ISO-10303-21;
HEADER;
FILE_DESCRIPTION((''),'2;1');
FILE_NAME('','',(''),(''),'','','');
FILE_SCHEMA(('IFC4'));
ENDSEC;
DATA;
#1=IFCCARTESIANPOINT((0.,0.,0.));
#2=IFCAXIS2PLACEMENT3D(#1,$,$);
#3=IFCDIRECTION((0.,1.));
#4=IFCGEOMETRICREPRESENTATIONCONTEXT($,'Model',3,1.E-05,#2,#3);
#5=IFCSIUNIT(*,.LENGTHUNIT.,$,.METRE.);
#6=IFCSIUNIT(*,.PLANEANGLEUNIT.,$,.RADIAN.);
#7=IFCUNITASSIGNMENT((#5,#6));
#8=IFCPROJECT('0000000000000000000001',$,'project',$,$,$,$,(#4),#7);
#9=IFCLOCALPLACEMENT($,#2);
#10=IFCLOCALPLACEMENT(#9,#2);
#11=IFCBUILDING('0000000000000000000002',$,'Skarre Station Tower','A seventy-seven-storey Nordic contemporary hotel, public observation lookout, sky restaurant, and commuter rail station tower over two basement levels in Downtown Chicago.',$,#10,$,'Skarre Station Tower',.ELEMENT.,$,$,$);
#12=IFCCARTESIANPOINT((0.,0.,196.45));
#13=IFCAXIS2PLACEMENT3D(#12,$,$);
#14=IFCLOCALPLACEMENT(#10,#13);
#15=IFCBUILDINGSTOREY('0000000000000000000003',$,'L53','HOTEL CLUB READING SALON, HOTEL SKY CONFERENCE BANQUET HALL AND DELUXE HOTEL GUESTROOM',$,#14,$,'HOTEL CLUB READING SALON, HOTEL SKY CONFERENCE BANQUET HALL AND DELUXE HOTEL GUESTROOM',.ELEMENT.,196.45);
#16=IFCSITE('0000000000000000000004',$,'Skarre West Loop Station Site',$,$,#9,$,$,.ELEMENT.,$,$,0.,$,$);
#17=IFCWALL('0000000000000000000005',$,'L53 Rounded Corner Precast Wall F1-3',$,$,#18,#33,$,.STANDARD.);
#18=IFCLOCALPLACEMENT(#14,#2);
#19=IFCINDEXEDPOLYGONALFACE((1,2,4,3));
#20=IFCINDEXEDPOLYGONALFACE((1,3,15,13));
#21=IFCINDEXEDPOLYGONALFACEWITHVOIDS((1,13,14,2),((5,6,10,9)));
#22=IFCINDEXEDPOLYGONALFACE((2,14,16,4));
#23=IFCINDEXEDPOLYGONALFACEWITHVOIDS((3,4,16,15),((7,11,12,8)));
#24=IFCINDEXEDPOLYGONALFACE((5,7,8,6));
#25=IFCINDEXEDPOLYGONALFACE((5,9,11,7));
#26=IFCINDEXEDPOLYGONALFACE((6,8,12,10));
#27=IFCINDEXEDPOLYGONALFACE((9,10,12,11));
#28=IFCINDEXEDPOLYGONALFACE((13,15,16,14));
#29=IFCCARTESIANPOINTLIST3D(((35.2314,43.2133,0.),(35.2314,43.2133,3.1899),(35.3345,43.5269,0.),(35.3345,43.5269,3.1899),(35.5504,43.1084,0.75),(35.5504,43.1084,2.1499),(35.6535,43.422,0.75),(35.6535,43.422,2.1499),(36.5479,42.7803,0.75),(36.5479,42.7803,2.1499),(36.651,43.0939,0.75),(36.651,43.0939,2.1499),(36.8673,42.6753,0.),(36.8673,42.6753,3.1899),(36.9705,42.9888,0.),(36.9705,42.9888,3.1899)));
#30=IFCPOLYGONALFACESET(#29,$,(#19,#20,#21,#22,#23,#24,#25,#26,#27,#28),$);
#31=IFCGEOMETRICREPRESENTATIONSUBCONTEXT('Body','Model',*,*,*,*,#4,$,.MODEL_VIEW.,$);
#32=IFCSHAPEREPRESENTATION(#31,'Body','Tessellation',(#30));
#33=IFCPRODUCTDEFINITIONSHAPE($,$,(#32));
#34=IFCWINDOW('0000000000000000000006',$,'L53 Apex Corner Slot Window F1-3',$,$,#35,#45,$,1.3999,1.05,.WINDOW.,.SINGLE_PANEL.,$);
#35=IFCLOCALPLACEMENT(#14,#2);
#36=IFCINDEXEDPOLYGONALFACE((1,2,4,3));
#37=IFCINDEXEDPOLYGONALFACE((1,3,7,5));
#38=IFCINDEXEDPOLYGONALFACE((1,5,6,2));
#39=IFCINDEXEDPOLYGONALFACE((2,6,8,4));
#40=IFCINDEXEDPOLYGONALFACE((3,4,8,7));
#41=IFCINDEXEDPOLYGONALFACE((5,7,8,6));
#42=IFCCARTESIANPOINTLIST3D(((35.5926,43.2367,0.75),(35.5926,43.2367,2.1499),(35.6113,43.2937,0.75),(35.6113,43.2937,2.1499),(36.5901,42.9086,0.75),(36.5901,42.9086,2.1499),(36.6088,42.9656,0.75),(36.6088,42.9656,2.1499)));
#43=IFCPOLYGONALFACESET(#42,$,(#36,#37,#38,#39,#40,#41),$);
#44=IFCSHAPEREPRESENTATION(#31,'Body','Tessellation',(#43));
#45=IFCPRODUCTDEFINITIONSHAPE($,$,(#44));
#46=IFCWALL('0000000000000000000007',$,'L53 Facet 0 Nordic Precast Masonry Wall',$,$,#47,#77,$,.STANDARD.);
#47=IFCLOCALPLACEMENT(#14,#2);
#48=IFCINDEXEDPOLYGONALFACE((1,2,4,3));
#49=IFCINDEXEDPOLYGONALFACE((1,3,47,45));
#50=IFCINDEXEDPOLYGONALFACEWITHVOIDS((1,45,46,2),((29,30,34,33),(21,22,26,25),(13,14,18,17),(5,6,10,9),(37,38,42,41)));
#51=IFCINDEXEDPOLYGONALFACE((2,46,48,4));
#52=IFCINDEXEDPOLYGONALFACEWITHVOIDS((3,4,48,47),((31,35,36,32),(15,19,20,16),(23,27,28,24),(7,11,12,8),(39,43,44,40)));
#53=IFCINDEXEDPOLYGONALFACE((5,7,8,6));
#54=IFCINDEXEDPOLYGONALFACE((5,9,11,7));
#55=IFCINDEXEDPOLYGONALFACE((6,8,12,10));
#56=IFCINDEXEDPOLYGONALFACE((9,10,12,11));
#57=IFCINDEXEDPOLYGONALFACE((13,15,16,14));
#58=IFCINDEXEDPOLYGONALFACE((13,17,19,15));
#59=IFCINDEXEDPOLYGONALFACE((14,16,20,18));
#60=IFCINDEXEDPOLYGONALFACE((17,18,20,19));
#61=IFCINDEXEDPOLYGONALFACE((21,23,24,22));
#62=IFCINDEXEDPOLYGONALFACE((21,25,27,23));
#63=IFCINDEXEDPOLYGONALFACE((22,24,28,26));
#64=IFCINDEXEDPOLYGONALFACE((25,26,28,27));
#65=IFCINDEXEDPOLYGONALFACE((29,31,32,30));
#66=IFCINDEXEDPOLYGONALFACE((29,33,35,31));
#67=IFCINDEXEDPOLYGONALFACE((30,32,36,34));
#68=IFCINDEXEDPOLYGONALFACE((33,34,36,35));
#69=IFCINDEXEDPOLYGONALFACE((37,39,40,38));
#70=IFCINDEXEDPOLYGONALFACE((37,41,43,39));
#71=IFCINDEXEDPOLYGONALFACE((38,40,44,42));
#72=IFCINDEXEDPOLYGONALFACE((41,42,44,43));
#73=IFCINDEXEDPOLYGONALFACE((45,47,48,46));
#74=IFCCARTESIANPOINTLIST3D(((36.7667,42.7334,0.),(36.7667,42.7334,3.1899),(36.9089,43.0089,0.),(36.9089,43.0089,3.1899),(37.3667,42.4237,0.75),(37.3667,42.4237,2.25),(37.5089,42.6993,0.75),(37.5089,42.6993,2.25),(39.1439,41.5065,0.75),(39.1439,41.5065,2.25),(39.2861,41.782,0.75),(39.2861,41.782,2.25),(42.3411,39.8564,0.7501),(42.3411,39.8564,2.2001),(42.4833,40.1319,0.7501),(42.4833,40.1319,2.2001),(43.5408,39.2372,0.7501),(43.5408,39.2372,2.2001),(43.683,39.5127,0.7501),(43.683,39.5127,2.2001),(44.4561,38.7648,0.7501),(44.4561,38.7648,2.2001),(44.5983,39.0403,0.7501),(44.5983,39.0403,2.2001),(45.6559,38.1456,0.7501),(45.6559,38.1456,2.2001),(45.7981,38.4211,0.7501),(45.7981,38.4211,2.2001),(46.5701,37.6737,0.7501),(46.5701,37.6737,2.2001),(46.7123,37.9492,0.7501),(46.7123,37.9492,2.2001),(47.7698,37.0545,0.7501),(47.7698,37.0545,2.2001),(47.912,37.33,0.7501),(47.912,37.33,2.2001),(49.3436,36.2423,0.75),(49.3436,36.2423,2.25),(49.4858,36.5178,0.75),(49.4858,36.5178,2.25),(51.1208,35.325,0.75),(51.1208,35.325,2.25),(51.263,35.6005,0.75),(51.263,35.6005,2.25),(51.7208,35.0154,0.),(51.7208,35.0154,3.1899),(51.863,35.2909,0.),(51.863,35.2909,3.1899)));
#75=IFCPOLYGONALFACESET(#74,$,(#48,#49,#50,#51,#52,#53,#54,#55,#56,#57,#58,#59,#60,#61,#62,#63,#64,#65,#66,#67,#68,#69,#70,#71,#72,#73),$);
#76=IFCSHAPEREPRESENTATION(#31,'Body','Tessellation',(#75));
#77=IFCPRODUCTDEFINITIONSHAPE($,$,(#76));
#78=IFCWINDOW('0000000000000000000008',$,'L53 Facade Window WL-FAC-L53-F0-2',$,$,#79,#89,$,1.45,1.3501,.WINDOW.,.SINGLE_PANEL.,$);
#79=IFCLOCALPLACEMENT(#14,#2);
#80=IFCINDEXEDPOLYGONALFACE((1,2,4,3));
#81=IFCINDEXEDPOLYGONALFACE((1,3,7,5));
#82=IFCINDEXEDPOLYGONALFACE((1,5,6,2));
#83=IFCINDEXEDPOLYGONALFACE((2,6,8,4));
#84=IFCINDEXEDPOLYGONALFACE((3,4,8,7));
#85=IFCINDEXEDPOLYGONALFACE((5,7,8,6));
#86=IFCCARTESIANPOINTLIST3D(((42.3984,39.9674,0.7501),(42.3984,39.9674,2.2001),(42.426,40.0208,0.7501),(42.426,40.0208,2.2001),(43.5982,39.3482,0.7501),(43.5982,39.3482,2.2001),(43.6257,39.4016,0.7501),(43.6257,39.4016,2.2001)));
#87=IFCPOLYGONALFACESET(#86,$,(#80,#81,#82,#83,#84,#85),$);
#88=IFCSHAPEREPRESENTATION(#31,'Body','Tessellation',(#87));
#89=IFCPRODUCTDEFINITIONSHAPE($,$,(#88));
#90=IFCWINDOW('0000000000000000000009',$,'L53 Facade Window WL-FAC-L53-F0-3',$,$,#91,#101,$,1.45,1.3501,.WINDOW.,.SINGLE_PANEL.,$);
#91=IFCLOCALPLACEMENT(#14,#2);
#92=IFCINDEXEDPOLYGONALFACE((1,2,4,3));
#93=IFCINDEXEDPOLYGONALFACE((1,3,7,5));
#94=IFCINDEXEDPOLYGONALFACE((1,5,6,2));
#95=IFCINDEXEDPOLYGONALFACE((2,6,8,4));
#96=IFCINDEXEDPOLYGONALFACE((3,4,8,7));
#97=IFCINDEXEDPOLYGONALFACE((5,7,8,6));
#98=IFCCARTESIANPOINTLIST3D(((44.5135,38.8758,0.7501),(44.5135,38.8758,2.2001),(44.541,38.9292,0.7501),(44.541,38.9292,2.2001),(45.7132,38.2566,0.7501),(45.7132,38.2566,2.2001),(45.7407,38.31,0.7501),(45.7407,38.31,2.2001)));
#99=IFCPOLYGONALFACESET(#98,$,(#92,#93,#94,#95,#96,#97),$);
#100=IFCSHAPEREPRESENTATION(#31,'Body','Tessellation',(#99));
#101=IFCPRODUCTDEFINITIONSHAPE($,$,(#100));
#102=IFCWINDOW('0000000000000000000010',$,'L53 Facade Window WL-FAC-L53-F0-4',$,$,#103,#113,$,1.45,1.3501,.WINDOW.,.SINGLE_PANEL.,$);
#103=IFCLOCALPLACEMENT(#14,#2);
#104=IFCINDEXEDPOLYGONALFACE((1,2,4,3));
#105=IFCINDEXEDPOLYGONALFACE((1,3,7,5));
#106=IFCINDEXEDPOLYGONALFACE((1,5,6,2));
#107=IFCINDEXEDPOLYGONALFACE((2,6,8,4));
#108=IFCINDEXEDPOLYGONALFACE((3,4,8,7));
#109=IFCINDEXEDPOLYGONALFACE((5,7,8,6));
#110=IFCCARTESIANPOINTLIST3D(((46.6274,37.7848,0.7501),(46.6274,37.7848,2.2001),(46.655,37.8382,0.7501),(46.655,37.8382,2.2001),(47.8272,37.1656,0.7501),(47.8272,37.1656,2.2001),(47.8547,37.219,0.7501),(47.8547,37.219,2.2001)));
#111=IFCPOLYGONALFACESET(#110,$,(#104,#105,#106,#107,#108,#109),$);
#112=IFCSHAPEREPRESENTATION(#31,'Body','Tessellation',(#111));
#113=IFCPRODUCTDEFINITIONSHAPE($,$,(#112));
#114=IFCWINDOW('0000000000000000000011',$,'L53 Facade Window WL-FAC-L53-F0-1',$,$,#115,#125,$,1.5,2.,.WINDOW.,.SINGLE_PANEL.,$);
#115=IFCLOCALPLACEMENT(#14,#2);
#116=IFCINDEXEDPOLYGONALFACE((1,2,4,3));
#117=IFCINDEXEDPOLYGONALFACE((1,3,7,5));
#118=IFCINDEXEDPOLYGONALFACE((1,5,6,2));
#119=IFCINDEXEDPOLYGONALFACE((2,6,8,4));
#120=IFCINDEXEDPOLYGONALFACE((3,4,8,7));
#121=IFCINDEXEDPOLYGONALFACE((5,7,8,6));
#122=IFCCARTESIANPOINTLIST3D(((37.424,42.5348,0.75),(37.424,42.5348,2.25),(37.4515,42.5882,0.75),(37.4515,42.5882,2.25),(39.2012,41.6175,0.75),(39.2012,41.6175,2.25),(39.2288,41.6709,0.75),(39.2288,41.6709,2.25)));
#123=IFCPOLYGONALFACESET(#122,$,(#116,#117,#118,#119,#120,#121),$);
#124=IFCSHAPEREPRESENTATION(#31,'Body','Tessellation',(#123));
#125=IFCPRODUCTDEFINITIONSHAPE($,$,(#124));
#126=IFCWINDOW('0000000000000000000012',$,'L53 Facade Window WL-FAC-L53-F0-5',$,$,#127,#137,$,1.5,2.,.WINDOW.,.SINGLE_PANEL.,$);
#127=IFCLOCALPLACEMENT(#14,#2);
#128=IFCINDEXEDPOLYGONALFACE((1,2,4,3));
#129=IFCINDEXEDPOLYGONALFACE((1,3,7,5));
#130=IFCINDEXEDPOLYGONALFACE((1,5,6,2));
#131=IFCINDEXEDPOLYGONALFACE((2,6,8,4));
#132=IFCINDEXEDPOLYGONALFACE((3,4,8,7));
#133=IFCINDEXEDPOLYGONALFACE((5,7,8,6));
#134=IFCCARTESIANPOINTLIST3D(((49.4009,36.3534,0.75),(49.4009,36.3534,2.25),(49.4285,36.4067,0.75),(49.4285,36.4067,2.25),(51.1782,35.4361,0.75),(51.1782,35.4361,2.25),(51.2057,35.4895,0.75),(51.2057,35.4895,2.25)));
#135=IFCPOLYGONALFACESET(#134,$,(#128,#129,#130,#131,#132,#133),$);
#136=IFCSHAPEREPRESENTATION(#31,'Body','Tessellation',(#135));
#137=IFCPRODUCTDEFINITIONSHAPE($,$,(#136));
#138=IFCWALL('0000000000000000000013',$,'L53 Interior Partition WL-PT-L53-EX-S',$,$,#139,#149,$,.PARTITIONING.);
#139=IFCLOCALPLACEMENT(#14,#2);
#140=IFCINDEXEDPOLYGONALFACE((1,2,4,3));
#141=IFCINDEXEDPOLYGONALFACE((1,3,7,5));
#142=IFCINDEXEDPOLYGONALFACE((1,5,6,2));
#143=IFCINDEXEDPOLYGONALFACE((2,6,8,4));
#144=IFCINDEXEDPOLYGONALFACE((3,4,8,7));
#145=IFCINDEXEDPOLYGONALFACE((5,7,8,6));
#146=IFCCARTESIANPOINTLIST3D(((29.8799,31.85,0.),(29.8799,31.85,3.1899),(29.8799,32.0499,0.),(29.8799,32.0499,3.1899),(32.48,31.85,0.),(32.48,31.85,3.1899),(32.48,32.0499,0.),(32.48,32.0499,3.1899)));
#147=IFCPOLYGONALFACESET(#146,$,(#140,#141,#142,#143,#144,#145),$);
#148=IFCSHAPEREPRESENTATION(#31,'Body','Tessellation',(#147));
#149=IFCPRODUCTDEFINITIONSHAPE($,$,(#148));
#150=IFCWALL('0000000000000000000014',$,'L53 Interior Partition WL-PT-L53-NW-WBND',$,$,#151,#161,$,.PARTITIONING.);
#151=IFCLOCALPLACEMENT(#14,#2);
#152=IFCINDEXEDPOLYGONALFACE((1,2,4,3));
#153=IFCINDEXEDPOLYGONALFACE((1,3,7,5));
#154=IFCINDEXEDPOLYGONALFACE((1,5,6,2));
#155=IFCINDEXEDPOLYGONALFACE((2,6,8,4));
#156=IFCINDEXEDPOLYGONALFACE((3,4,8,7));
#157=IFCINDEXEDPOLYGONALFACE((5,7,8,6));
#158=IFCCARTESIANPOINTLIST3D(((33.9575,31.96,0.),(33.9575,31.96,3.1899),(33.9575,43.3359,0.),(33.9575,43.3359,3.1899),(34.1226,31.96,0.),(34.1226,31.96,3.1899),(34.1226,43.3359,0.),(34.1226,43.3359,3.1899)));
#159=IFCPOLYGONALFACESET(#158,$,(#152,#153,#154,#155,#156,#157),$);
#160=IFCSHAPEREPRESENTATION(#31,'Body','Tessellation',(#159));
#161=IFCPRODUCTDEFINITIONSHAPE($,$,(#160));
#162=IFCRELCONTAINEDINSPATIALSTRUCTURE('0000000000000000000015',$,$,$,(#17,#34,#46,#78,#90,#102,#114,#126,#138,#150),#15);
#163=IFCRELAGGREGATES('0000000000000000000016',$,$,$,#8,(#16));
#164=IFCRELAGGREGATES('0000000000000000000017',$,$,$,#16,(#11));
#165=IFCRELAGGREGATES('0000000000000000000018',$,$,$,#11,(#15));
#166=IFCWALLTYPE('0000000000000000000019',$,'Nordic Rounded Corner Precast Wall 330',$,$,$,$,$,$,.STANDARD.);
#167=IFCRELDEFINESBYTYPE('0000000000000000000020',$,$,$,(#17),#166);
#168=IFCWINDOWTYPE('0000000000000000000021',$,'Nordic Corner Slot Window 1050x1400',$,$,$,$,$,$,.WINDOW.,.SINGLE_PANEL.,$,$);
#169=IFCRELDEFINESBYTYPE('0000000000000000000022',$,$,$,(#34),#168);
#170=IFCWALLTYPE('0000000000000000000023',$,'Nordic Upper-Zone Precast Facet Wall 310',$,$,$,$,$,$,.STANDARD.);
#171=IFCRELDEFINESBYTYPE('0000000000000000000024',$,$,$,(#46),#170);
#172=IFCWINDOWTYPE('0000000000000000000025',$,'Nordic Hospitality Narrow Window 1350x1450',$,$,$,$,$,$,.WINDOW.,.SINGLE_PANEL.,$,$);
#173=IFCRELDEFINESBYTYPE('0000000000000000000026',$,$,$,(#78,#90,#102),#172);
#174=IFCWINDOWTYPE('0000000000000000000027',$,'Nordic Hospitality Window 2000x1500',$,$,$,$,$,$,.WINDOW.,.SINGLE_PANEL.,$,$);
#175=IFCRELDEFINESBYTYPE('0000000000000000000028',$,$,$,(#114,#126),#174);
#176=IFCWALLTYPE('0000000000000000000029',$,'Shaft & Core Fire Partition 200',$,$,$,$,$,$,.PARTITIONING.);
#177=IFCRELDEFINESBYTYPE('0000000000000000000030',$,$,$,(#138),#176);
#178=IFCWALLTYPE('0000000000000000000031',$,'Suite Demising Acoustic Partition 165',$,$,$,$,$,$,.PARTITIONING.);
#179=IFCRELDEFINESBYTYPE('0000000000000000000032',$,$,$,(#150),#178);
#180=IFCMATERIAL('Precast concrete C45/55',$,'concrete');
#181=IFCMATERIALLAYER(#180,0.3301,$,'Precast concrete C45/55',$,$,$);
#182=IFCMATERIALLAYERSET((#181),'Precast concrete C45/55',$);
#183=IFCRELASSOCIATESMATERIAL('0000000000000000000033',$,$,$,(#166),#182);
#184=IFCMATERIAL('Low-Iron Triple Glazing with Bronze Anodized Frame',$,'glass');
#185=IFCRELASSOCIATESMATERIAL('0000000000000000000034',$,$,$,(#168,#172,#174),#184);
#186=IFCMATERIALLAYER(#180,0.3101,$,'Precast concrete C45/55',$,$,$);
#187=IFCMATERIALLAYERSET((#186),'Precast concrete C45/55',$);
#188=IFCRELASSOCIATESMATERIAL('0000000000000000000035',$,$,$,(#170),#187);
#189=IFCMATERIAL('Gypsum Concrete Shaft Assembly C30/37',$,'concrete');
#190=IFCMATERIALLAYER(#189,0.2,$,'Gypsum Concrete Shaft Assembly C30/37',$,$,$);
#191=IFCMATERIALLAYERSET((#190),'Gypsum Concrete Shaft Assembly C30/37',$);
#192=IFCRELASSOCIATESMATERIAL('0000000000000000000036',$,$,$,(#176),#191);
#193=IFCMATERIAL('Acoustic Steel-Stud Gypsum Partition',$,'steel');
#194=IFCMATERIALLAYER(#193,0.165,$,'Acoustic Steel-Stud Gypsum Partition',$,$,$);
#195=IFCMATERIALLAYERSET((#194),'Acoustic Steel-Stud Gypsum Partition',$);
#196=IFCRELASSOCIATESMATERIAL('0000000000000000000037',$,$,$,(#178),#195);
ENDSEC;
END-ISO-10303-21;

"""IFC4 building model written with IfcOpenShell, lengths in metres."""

from ifc_helpers import new_model, si_unit, direction, frame, frame_2d, origin, place, context, subcontext, project, spatial, rectangle, extrude, material, layer, layer_set, type_object, element, fill, save


model = new_model("IFC4")

# Units and contexts
model_context = context("Model", 3, precision=1e-05, world=origin(), true_north=direction((0.0, 1.0)))
body_context = subcontext(model_context, "Body", "Model", "MODEL_VIEW")
ifc_project = project(units=[si_unit("LENGTHUNIT", "METRE"), si_unit("PLANEANGLEUNIT", "RADIAN")], contexts=[model_context])

# Site, building, storey
site_placement = place(None, origin())
site = spatial("IfcSite", under=ifc_project, at=site_placement, Name="Skarre West Loop Station Site", CompositionType="ELEMENT", RefElevation=0.0)
building_placement = place(site_placement, origin())
building = spatial("IfcBuilding", under=site, at=building_placement, Name="Skarre Station Tower", Description="A seventy-seven-storey Nordic contemporary hotel, public observation lookout, sky restaurant, and commuter rail station tower over two basement levels in Downtown Chicago.", LongName="Skarre Station Tower", CompositionType="ELEMENT")
storey_placement = place(building_placement, frame((0.0, 0.0, 196.45)))
storey = spatial("IfcBuildingStorey", under=building, at=storey_placement, Name="L53", Description="HOTEL CLUB READING SALON, HOTEL SKY CONFERENCE BANQUET HALL AND DELUXE HOTEL GUESTROOM", LongName="HOTEL CLUB READING SALON, HOTEL SKY CONFERENCE BANQUET HALL AND DELUXE HOTEL GUESTROOM", CompositionType="ELEMENT", Elevation=196.45)

# Shared definitions
ifc_material_1 = material(Name="Acoustic Steel-Stud Gypsum Partition", Category="steel")

# Shared definitions
ifc_material_2 = material(Name="Precast concrete C45/55", Category="concrete")
ifc_layer_1 = layer(ifc_material_2, 0.3301, Name="Precast concrete C45/55")
ifc_layer_set_1 = layer_set([ifc_layer_1], Name="Precast concrete C45/55")
wall_type_1 = type_object("IfcWallType", Name="Nordic Rounded Corner Precast Wall 330", PredefinedType="STANDARD", material=ifc_layer_set_1)

# Wall, opening, window
wall_1_placement = place(storey_placement, frame((35.283, 43.3701, 0.0), z_axis=(0.0, 0.0, 1.0), x_axis=(0.949937, -0.31244, 0.0)))
wall_1 = element("IfcWall", 1, at=wall_1_placement, inside=storey, type_object=wall_type_1, Name="L53 Rounded Corner Precast Wall F1-3", PredefinedType="STANDARD", context=body_context, shape_type="SweptSolid", body=[
    extrude(rectangle(XDim=1.7222, YDim=0.3301, at=frame_2d((0.8611, 0.0))), origin(), (0.0, 0.0, 1.0), 3.1899),
])
opening_1_placement = place(wall_1_placement, frame((0.3359, 0.0, 0.75)))
opening_1 = element("IfcOpeningElement", 2, at=opening_1_placement, cuts=wall_1, PredefinedType="OPENING", context=body_context, shape_type="SweptSolid", body=[
    extrude(rectangle(XDim=1.05, YDim=1.3999, at=frame_2d((0.5249, 0.7))), frame((0.0, 0.175, 0.0), z_axis=(0.0, -1.0, 0.0), x_axis=(1.0, 0.0, 0.0)), (0.0, 0.0, 1.0), 0.3501),
])
ifc_material_3 = material(Name="Low-Iron Triple Glazing with Bronze Anodized Frame", Category="glass")
window_type_1 = type_object("IfcWindowType", Name="Nordic Corner Slot Window 1050x1400", PartitioningType="SINGLE_PANEL", PredefinedType="WINDOW", material=ifc_material_3)
window_1_placement = place(opening_1_placement, origin())
window_1 = element("IfcWindow", 3, at=window_1_placement, inside=storey, type_object=window_type_1, Name="L53 Apex Corner Slot Window F1-3", OverallHeight=1.3999, OverallWidth=1.05, PartitioningType="SINGLE_PANEL", PredefinedType="WINDOW", context=body_context, shape_type="SweptSolid", body=[
    extrude(rectangle(XDim=1.05, YDim=1.3999, at=frame_2d((0.5249, 0.7))), frame((0.0, 0.03, 0.0), z_axis=(0.0, -1.0, 0.0), x_axis=(1.0, 0.0, 0.0)), (0.0, 0.0, 1.0), 0.0601),
])
fill(opening_1, window_1)

# Wall, openings, windows
ifc_layer_2 = layer(ifc_material_2, 0.3101, Name="Precast concrete C45/55")
ifc_layer_set_2 = layer_set([ifc_layer_2], Name="Precast concrete C45/55")
wall_type_2 = type_object("IfcWallType", Name="Nordic Upper-Zone Precast Facet Wall 310", PredefinedType="STANDARD", material=ifc_layer_set_2)
wall_2_placement = place(storey_placement, frame((36.8379, 42.8711, 0.0), z_axis=(0.0, 0.0, 1.0), x_axis=(0.888626, -0.458632, 0.0)))
wall_2 = element("IfcWall", 4, at=wall_2_placement, inside=storey, type_object=wall_type_2, Name="L53 Facet 0 Nordic Precast Masonry Wall", PredefinedType="STANDARD", context=body_context, shape_type="SweptSolid", body=[
    extrude(rectangle(XDim=16.8284, YDim=0.3101, at=frame_2d((8.4141, 0.0))), origin(), (0.0, 0.0, 1.0), 3.1899),
])
opening_2_placement = place(wall_2_placement, frame((0.675, 0.0, 0.75)))
opening_2 = element("IfcOpeningElement", 5, at=opening_2_placement, cuts=wall_2, PredefinedType="OPENING", context=body_context, shape_type="SweptSolid", body=[
    extrude(rectangle(XDim=2.0, YDim=1.5, at=frame_2d((1.0, 0.75))), frame((0.0, 0.165, 0.0), z_axis=(0.0, -1.0, 0.0), x_axis=(1.0, 0.0, 0.0)), (0.0, 0.0, 1.0), 0.3301),
])
opening_3_placement = place(wall_2_placement, frame((6.2729, 0.0, 0.75)))
opening_3 = element("IfcOpeningElement", 6, at=opening_3_placement, cuts=wall_2, PredefinedType="OPENING", context=body_context, shape_type="SweptSolid", body=[
    extrude(rectangle(XDim=1.3501, YDim=1.45, at=frame_2d((0.675, 0.7251))), frame((0.0, 0.165, 0.0), z_axis=(0.0, -1.0, 0.0), x_axis=(1.0, 0.0, 0.0)), (0.0, 0.0, 1.0), 0.3301),
])
opening_4_placement = place(wall_2_placement, frame((8.6531, 0.0, 0.75)))
opening_4 = element("IfcOpeningElement", 7, at=opening_4_placement, cuts=wall_2, PredefinedType="OPENING", context=body_context, shape_type="SweptSolid", body=[
    extrude(rectangle(XDim=1.3501, YDim=1.45, at=frame_2d((0.675, 0.7251))), frame((0.0, 0.165, 0.0), z_axis=(0.0, -1.0, 0.0), x_axis=(1.0, 0.0, 0.0)), (0.0, 0.0, 1.0), 0.3301),
])
opening_5_placement = place(wall_2_placement, frame((11.032, 0.0, 0.75)))
opening_5 = element("IfcOpeningElement", 8, at=opening_5_placement, cuts=wall_2, PredefinedType="OPENING", context=body_context, shape_type="SweptSolid", body=[
    extrude(rectangle(XDim=1.3501, YDim=1.45, at=frame_2d((0.675, 0.7251))), frame((0.0, 0.165, 0.0), z_axis=(0.0, -1.0, 0.0), x_axis=(1.0, 0.0, 0.0)), (0.0, 0.0, 1.0), 0.3301),
])
opening_6_placement = place(wall_2_placement, frame((14.1531, 0.0, 0.75)))
opening_6 = element("IfcOpeningElement", 9, at=opening_6_placement, cuts=wall_2, PredefinedType="OPENING", context=body_context, shape_type="SweptSolid", body=[
    extrude(rectangle(XDim=2.0, YDim=1.5, at=frame_2d((1.0, 0.75))), frame((0.0, 0.165, 0.0), z_axis=(0.0, -1.0, 0.0), x_axis=(1.0, 0.0, 0.0)), (0.0, 0.0, 1.0), 0.3301),
])
window_type_2 = type_object("IfcWindowType", Name="Nordic Hospitality Narrow Window 1350x1450", PartitioningType="SINGLE_PANEL", PredefinedType="WINDOW", material=ifc_material_3)
window_2_placement = place(opening_3_placement, origin())
window_2 = element("IfcWindow", 10, at=window_2_placement, inside=storey, type_object=window_type_2, Name="L53 Facade Window WL-FAC-L53-F0-2", OverallHeight=1.45, OverallWidth=1.3501, PartitioningType="SINGLE_PANEL", PredefinedType="WINDOW", context=body_context, shape_type="SweptSolid", body=[
    extrude(rectangle(XDim=1.3501, YDim=1.45, at=frame_2d((0.675, 0.7251))), frame((0.0, 0.03, 0.0), z_axis=(0.0, -1.0, 0.0), x_axis=(1.0, 0.0, 0.0)), (0.0, 0.0, 1.0), 0.0601),
])
fill(opening_3, window_2)
window_3_placement = place(opening_4_placement, origin())
window_3 = element("IfcWindow", 11, at=window_3_placement, inside=storey, type_object=window_type_2, Name="L53 Facade Window WL-FAC-L53-F0-3", OverallHeight=1.45, OverallWidth=1.3501, PartitioningType="SINGLE_PANEL", PredefinedType="WINDOW", context=body_context, shape_type="SweptSolid", body=[
    extrude(rectangle(XDim=1.3501, YDim=1.45, at=frame_2d((0.675, 0.7251))), frame((0.0, 0.03, 0.0), z_axis=(0.0, -1.0, 0.0), x_axis=(1.0, 0.0, 0.0)), (0.0, 0.0, 1.0), 0.0601),
])
fill(opening_4, window_3)
window_4_placement = place(opening_5_placement, origin())
window_4 = element("IfcWindow", 12, at=window_4_placement, inside=storey, type_object=window_type_2, Name="L53 Facade Window WL-FAC-L53-F0-4", OverallHeight=1.45, OverallWidth=1.3501, PartitioningType="SINGLE_PANEL", PredefinedType="WINDOW", context=body_context, shape_type="SweptSolid", body=[
    extrude(rectangle(XDim=1.3501, YDim=1.45, at=frame_2d((0.675, 0.7251))), frame((0.0, 0.03, 0.0), z_axis=(0.0, -1.0, 0.0), x_axis=(1.0, 0.0, 0.0)), (0.0, 0.0, 1.0), 0.0601),
])
fill(opening_5, window_4)
window_type_3 = type_object("IfcWindowType", Name="Nordic Hospitality Window 2000x1500", PartitioningType="SINGLE_PANEL", PredefinedType="WINDOW", material=ifc_material_3)
window_5_placement = place(opening_2_placement, origin())
window_5 = element("IfcWindow", 13, at=window_5_placement, inside=storey, type_object=window_type_3, Name="L53 Facade Window WL-FAC-L53-F0-1", OverallHeight=1.5, OverallWidth=2.0, PartitioningType="SINGLE_PANEL", PredefinedType="WINDOW", context=body_context, shape_type="SweptSolid", body=[
    extrude(rectangle(XDim=2.0, YDim=1.5, at=frame_2d((1.0, 0.75))), frame((0.0, 0.03, 0.0), z_axis=(0.0, -1.0, 0.0), x_axis=(1.0, 0.0, 0.0)), (0.0, 0.0, 1.0), 0.0601),
])
fill(opening_2, window_5)
window_6_placement = place(opening_6_placement, origin())
window_6 = element("IfcWindow", 14, at=window_6_placement, inside=storey, type_object=window_type_3, Name="L53 Facade Window WL-FAC-L53-F0-5", OverallHeight=1.5, OverallWidth=2.0, PartitioningType="SINGLE_PANEL", PredefinedType="WINDOW", context=body_context, shape_type="SweptSolid", body=[
    extrude(rectangle(XDim=2.0, YDim=1.5, at=frame_2d((1.0, 0.75))), frame((0.0, 0.03, 0.0), z_axis=(0.0, -1.0, 0.0), x_axis=(1.0, 0.0, 0.0)), (0.0, 0.0, 1.0), 0.0601),
])
fill(opening_6, window_6)

# Walls
ifc_material_4 = material(Name="Gypsum Concrete Shaft Assembly C30/37", Category="concrete")
ifc_layer_3 = layer(ifc_material_4, 0.2, Name="Gypsum Concrete Shaft Assembly C30/37")
ifc_layer_set_3 = layer_set([ifc_layer_3], Name="Gypsum Concrete Shaft Assembly C30/37")
wall_type_3 = type_object("IfcWallType", Name="Shaft & Core Fire Partition 200", PredefinedType="PARTITIONING", material=ifc_layer_set_3)
wall_3_placement = place(storey_placement, frame((32.48, 31.95, 0.0), z_axis=(0.0, 0.0, 1.0), x_axis=(-1.0, 0.0, 0.0)))
element("IfcWall", 15, at=wall_3_placement, inside=storey, type_object=wall_type_3, Name="L53 Interior Partition WL-PT-L53-EX-S", PredefinedType="PARTITIONING", context=body_context, shape_type="SweptSolid", body=[
    extrude(rectangle(XDim=2.6001, YDim=0.2, at=frame_2d((1.3, 0.0))), origin(), (0.0, 0.0, 1.0), 3.1899),
])
ifc_layer_4 = layer(ifc_material_1, 0.165, Name="Acoustic Steel-Stud Gypsum Partition")
ifc_layer_set_4 = layer_set([ifc_layer_4], Name="Acoustic Steel-Stud Gypsum Partition")
wall_type_4 = type_object("IfcWallType", Name="Suite Demising Acoustic Partition 165", PredefinedType="PARTITIONING", material=ifc_layer_set_4)
wall_4_placement = place(storey_placement, frame((34.04, 31.96, 0.0), z_axis=(0.0, 0.0, 1.0), x_axis=(0.0, 1.0, 0.0)))
element("IfcWall", 16, at=wall_4_placement, inside=storey, type_object=wall_type_4, Name="L53 Interior Partition WL-PT-L53-NW-WBND", PredefinedType="PARTITIONING", context=body_context, shape_type="SweptSolid", body=[
    extrude(rectangle(XDim=11.376, YDim=0.165, at=frame_2d((5.688, 0.0))), origin(), (0.0, 0.0, 1.0), 3.1899),
])

save(model, "model.ifc")
